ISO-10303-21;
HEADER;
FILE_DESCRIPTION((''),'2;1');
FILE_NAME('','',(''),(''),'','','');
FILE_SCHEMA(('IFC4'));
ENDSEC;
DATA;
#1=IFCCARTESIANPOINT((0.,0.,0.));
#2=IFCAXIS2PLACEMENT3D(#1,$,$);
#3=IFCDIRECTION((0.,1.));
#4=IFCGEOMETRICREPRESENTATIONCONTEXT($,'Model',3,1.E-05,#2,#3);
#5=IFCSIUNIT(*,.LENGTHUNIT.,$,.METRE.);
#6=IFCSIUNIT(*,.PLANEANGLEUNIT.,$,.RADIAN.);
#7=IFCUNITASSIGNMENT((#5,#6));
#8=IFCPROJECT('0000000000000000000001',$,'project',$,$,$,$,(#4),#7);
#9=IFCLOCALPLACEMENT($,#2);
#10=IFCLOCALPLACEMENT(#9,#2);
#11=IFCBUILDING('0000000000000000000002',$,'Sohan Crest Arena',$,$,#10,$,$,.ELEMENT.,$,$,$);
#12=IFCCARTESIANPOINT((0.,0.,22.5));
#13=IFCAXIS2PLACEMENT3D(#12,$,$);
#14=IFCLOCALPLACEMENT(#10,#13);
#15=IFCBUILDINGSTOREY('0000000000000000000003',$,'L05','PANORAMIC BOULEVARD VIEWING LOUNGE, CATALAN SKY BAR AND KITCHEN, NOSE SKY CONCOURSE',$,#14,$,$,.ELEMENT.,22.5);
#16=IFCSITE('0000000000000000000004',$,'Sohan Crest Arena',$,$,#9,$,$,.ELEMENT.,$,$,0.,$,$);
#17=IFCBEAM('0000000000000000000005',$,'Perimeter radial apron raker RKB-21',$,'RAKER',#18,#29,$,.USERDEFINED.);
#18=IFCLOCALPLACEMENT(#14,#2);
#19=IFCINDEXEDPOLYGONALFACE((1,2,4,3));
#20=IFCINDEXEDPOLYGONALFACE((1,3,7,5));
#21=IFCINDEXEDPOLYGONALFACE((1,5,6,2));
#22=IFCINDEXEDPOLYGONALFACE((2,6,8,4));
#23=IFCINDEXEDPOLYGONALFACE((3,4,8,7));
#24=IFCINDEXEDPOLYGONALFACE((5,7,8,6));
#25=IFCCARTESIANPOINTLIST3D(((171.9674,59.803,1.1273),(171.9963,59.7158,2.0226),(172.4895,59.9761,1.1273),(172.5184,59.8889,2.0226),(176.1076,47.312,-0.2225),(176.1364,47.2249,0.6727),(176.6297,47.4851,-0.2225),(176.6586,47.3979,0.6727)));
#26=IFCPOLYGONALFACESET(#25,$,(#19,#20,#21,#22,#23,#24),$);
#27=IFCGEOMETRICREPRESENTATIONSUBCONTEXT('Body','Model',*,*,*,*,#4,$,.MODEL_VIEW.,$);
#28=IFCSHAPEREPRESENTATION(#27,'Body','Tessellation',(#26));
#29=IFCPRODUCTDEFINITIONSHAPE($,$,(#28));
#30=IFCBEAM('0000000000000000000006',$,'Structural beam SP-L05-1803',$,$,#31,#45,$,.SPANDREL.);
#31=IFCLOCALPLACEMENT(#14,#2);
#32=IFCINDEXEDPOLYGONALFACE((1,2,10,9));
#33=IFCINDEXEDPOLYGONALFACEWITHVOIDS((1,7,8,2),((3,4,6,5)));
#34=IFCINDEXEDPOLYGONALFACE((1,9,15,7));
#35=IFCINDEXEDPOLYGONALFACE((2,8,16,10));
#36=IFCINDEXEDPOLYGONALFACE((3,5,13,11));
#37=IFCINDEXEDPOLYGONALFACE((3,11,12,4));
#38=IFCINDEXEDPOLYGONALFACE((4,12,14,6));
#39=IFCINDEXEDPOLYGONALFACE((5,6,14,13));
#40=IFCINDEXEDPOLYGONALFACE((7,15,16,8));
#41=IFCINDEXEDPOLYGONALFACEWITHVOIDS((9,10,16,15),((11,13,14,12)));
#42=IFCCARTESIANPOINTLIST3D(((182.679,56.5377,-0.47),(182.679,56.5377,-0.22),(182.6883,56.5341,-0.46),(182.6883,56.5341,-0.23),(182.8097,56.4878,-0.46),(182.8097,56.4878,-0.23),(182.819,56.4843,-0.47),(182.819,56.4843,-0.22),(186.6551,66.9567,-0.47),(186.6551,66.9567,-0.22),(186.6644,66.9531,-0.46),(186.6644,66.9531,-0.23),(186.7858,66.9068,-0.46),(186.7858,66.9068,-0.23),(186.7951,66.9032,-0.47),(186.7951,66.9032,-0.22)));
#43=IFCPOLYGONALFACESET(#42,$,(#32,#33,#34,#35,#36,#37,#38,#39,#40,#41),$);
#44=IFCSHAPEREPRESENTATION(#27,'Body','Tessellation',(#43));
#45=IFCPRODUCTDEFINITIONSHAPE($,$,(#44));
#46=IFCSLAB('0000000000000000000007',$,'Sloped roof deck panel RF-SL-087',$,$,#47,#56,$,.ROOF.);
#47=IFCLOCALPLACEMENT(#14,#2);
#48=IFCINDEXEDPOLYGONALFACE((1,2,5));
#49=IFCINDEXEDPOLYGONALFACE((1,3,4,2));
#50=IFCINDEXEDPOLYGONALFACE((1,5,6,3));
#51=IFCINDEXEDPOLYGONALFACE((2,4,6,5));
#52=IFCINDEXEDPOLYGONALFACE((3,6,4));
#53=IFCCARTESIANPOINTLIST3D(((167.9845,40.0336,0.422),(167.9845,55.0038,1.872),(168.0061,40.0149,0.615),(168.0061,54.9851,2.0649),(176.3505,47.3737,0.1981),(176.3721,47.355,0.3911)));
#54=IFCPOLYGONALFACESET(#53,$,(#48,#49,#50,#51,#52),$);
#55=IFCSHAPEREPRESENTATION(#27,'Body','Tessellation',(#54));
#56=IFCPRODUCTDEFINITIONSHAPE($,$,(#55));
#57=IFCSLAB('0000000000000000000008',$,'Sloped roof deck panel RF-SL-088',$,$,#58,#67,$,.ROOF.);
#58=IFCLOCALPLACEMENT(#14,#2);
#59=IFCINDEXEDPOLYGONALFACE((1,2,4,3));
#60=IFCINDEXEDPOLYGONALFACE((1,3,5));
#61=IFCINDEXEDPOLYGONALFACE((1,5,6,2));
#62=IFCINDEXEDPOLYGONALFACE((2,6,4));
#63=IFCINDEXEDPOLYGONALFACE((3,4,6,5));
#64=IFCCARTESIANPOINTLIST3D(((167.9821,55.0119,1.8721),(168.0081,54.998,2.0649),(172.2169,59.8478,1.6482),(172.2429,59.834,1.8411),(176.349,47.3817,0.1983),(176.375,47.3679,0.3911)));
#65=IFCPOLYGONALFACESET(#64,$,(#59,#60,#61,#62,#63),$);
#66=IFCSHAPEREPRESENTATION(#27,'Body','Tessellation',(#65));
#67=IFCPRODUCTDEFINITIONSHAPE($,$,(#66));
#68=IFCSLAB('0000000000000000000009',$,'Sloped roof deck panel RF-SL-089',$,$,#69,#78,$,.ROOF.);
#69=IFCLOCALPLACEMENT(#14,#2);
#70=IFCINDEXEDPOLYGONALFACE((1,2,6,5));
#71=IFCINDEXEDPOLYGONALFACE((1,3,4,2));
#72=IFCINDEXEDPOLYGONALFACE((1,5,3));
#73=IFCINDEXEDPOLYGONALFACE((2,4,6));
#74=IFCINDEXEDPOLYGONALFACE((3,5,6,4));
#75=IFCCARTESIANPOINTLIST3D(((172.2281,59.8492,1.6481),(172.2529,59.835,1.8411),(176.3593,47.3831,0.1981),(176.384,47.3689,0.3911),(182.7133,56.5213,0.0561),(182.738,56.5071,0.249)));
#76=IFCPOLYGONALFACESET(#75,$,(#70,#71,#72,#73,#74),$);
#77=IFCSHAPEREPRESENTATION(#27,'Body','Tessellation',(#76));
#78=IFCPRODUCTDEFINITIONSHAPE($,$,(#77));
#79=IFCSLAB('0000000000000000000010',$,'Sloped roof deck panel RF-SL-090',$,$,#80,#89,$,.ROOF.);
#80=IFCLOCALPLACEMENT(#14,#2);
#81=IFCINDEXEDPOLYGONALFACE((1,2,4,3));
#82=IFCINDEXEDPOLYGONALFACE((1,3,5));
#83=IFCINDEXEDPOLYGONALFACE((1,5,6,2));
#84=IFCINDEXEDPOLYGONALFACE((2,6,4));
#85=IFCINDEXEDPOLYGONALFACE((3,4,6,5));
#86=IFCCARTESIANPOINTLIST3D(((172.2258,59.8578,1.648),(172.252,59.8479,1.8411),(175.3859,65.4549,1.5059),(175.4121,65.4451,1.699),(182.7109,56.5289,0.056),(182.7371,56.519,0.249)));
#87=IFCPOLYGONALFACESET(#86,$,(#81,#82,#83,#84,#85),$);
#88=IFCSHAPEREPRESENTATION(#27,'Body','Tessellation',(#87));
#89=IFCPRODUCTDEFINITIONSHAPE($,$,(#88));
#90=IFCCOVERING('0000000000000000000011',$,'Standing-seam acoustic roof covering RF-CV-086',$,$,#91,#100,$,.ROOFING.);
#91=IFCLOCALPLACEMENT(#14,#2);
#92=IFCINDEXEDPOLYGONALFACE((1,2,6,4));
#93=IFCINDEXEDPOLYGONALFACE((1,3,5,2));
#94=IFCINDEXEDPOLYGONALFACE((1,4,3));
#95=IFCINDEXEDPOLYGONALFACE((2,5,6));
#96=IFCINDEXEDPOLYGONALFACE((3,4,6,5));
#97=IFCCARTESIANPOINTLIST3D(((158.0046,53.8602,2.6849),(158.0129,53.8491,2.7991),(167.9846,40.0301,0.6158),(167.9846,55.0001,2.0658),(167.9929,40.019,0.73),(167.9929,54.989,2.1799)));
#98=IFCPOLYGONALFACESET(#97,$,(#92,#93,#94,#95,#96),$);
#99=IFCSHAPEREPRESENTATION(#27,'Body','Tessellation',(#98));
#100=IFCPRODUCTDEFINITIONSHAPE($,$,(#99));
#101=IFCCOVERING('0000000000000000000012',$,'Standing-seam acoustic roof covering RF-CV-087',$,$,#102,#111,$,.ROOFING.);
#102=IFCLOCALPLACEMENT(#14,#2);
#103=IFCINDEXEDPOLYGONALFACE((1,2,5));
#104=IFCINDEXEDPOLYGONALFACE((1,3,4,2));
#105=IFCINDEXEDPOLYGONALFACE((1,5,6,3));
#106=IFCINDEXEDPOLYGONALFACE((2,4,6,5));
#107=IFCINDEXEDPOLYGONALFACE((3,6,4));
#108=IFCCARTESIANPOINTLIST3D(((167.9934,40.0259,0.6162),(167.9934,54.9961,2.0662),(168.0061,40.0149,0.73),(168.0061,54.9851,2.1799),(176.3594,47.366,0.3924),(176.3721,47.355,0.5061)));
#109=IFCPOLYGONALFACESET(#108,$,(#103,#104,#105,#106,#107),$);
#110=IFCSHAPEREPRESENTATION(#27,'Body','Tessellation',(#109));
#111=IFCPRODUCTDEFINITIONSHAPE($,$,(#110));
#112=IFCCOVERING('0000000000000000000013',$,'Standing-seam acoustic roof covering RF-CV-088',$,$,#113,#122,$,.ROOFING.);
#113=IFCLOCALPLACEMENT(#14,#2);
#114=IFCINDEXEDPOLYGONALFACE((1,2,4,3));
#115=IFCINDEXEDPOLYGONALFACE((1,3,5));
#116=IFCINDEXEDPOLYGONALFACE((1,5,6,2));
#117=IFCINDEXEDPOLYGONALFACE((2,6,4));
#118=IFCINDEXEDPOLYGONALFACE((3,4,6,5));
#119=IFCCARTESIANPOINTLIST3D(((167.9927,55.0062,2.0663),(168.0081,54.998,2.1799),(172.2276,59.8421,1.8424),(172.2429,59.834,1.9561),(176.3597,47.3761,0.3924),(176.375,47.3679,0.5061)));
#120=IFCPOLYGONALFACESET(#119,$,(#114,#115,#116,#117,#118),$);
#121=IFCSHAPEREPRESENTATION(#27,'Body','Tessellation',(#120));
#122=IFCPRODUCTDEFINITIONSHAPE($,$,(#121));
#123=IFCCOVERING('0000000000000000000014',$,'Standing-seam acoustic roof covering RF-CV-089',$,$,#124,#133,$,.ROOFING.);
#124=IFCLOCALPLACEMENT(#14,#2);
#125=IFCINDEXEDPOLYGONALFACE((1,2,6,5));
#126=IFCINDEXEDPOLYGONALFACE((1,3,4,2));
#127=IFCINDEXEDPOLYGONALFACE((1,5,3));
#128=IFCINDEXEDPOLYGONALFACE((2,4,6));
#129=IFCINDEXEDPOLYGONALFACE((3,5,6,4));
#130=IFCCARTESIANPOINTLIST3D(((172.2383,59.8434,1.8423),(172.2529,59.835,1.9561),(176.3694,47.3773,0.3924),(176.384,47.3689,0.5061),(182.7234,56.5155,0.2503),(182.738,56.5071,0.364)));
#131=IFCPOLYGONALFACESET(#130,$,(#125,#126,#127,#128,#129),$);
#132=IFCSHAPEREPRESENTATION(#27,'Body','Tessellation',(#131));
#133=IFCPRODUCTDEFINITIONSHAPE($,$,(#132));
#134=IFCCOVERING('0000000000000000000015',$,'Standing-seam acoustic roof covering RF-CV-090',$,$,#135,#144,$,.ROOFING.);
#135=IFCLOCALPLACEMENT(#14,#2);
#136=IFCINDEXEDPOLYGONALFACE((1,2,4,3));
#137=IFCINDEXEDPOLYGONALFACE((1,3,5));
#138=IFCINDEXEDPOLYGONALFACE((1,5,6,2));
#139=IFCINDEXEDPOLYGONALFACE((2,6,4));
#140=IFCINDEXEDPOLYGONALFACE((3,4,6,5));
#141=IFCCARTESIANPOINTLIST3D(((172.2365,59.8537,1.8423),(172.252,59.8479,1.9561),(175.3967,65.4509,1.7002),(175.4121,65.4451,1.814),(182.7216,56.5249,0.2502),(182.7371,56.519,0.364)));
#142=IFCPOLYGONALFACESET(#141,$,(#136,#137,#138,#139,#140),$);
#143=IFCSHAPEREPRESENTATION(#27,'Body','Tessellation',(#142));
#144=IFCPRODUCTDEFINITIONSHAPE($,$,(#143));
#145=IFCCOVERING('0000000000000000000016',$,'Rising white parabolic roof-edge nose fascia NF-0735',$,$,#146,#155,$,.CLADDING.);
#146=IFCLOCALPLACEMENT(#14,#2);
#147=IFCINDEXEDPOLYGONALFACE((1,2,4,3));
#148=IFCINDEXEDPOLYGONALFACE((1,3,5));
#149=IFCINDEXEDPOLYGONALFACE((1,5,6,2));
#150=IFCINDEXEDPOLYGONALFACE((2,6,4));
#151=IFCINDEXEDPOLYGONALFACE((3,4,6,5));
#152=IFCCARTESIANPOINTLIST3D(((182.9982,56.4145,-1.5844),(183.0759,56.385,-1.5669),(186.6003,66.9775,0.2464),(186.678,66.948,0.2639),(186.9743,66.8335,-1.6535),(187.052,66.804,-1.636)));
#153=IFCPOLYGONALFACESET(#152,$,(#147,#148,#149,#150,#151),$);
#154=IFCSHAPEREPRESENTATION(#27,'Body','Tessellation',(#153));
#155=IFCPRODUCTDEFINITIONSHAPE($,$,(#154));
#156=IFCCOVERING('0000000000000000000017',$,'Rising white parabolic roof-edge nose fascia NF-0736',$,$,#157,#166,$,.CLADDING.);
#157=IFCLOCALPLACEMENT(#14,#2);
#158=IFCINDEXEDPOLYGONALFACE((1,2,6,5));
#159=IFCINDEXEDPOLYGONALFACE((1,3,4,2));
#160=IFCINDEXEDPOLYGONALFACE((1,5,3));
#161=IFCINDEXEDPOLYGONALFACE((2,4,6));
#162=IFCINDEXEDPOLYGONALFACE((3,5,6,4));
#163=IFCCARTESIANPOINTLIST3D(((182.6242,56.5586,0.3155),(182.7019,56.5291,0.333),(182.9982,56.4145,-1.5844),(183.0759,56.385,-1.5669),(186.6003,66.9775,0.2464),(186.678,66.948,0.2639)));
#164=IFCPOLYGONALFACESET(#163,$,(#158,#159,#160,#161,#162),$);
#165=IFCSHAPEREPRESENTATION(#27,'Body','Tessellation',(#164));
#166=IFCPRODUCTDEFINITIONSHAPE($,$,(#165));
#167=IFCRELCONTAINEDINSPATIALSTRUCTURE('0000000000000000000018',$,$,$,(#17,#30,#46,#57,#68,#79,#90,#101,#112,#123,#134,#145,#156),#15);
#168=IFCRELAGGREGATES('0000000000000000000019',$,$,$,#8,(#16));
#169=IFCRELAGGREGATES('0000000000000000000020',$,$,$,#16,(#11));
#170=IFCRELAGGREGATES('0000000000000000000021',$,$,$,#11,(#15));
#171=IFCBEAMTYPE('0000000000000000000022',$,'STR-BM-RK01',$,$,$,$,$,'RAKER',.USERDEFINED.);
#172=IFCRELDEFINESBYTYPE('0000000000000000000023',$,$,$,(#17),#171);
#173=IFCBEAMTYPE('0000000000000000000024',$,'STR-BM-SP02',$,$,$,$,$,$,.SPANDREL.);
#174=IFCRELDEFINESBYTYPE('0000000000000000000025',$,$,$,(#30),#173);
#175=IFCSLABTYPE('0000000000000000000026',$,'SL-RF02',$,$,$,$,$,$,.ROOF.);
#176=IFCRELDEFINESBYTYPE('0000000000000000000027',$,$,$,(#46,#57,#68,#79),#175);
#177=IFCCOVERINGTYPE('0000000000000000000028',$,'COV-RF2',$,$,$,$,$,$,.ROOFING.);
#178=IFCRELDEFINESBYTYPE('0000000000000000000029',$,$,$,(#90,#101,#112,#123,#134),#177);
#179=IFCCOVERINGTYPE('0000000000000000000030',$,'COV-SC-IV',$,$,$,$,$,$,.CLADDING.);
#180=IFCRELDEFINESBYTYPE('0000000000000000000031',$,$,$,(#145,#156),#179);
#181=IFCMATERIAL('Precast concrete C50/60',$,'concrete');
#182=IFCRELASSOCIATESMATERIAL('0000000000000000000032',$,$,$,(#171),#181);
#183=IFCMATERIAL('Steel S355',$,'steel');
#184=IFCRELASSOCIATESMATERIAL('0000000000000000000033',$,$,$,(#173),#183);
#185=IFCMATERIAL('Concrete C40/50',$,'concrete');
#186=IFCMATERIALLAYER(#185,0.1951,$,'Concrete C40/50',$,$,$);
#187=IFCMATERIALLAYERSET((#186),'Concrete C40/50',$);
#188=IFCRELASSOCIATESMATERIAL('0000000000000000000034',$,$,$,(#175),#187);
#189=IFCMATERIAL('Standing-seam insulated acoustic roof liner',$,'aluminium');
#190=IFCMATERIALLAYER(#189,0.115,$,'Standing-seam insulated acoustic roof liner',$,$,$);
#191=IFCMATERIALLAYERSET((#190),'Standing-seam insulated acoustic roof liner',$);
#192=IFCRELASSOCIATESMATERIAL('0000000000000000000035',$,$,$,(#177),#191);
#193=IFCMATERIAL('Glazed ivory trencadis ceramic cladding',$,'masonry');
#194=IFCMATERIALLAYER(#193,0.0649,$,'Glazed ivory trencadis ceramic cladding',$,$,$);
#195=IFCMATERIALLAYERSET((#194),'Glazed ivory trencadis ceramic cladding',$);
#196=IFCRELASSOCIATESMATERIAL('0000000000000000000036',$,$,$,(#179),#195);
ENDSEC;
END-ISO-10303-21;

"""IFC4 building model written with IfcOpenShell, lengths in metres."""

from ifc_helpers import new_model, si_unit, direction, frame, origin, origin_2d, place, context, subcontext, project, spatial, polyline, rectangle, hollow_rectangle, outline, extrude, material, layer, layer_set, material_profile, profile_set, type_object, element, save


model = new_model("IFC4")

# Units and contexts
model_context = context("Model", 3, precision=1e-05, world=origin(), true_north=direction((0.0, 1.0)))
body_context = subcontext(model_context, "Body", "Model", "MODEL_VIEW")
ifc_project = project(units=[si_unit("LENGTHUNIT", "METRE"), si_unit("PLANEANGLEUNIT", "RADIAN")], contexts=[model_context])

# Site, building, storey
site_placement = place(None, origin())
site = spatial("IfcSite", under=ifc_project, at=site_placement, Name="Sohan Crest Arena", CompositionType="ELEMENT", RefElevation=0.0)
building_placement = place(site_placement, origin())
building = spatial("IfcBuilding", under=site, at=building_placement, Name="Sohan Crest Arena", CompositionType="ELEMENT")
storey_placement = place(building_placement, frame((0.0, 0.0, 22.5)))
storey = spatial("IfcBuildingStorey", under=building, at=storey_placement, Name="L05", Description="PANORAMIC BOULEVARD VIEWING LOUNGE, CATALAN SKY BAR AND KITCHEN, NOSE SKY CONCOURSE", CompositionType="ELEMENT", Elevation=22.5)

# Shared definitions
ifc_material_1 = material(Name="Concrete C40/50", Category="concrete")

# Beams
ifc_material_2 = material(Name="Steel S355", Category="steel")
ifc_material_3 = material(Name="Precast concrete C50/60", Category="concrete")
ifc_material_profile_1 = material_profile(ifc_material_3, rectangle(XDim=0.55, YDim=0.8999, at=origin_2d()), Name="RAKER 550x900")
ifc_profile_set_1 = profile_set([ifc_material_profile_1], Name="Precast concrete C50/60")
beam_type_1 = type_object("IfcBeamType", Name="STR-BM-RK01", ElementType="RAKER", PredefinedType="USERDEFINED", material=ifc_profile_set_1)
beam_1_placement = place(storey_placement, frame((172.2429, 59.8459, 1.575), z_axis=(0.312976, -0.944263, -0.102043), x_axis=(0.949218, 0.314619, 0.0)))
element("IfcBeam", 1, at=beam_1_placement, inside=storey, type_object=beam_type_1, Name="Perimeter radial apron raker RKB-21", ObjectType="RAKER", PredefinedType="USERDEFINED", context=body_context, shape_type="SweptSolid", body=[
    extrude(rectangle(XDim=0.55, YDim=0.8999, at=origin_2d()), origin(), (0.0, 0.0, 1.0), 13.2283),
])
ifc_material_profile_2 = material_profile(ifc_material_2, hollow_rectangle(XDim=0.1499, YDim=0.25, WallThickness=0.01, at=origin_2d()), Name="RHS 250x150x10")
ifc_profile_set_2 = profile_set([ifc_material_profile_2], Name="Steel S355")
beam_type_2 = type_object("IfcBeamType", Name="STR-BM-SP02", PredefinedType="SPANDREL", material=ifc_profile_set_2)
beam_2_placement = place(storey_placement, frame((182.749, 56.511, -0.345), z_axis=(0.35654, 0.93428, 0.0), x_axis=(-0.93428, 0.35654, 0.0)))
element("IfcBeam", 2, at=beam_2_placement, inside=storey, type_object=beam_type_2, Name="Structural beam SP-L05-1803", PredefinedType="SPANDREL", context=body_context, shape_type="SweptSolid", body=[
    extrude(hollow_rectangle(XDim=0.1499, YDim=0.25, WallThickness=0.01, at=origin_2d()), origin(), (0.0, 0.0, 1.0), 11.1519),
])

# Slabs
ifc_layer_1 = layer(ifc_material_1, 0.1951, Name="Concrete C40/50")
ifc_layer_set_1 = layer_set([ifc_layer_1], Name="Concrete C40/50")
slab_type = type_object("IfcSlabType", Name="SL-RF02", PredefinedType="ROOF", material=ifc_layer_set_1)
slab_1_placement = place(storey_placement, frame((168.0061, 54.9851, 2.0649), z_axis=(0.110537, -0.095814, 0.989243), x_axis=(0.0, -0.995342, -0.096405)))
element("IfcSlab", 3, at=slab_1_placement, inside=storey, type_object=slab_type, Name="Sloped roof deck panel RF-SL-087", PredefinedType="ROOF", context=body_context, shape_type="SweptSolid", body=[
    extrude(outline(polyline([(0.0, 0.0), (15.0403, 0.0), (7.756, 8.4175), (0.0, 0.0)])), origin(), (0.0, 0.0, -1.0), 0.1951),
])
slab_2_placement = place(storey_placement, frame((168.0081, 54.998, 2.0649), z_axis=(0.133159, -0.070843, 0.988559), x_axis=(0.73095, -0.66658, -0.146228)))
element("IfcSlab", 4, at=slab_2_placement, inside=storey, type_object=slab_type, Name="Sloped roof deck panel RF-SL-088", PredefinedType="ROOF", context=body_context, shape_type="SweptSolid", body=[
    extrude(outline(polyline([(0.0, 0.0), (11.4467, 0.0), (-0.0953, 6.4313), (0.0, 0.0)])), origin(), (0.0, 0.0, -1.0), 0.1951),
])
slab_3_placement = place(storey_placement, frame((172.2529, 59.835, 1.8411), z_axis=(0.127044, -0.072956, 0.98921), x_axis=(0.312665, -0.943503, -0.109741)))
element("IfcSlab", 5, at=slab_3_placement, inside=storey, type_object=slab_type, Name="Sloped roof deck panel RF-SL-089", PredefinedType="ROOF", context=body_context, shape_type="SweptSolid", body=[
    extrude(outline(polyline([(0.0, 0.0), (13.2125, 0.0), (6.5929, 8.9488), (0.0, 0.0)])), origin(), (0.0, 0.0, -1.0), 0.1951),
])
slab_4_placement = place(storey_placement, frame((172.252, 59.8479, 1.8411), z_axis=(0.134191, -0.05064, 0.989661), x_axis=(0.943291, -0.29948, -0.143228)))
element("IfcSlab", 6, at=slab_4_placement, inside=storey, type_object=slab_type, Name="Sloped roof deck panel RF-SL-090", PredefinedType="ROOF", context=body_context, shape_type="SweptSolid", body=[
    extrude(outline(polyline([(0.0, 0.0), (11.1155, 0.0), (1.3251, 6.2912), (0.0, 0.0)])), origin(), (0.0, 0.0, -1.0), 0.1951),
])

# Coverings
ifc_material_4 = material(Name="Standing-seam insulated acoustic roof liner", Category="aluminium")
ifc_layer_2 = layer(ifc_material_4, 0.115, Name="Standing-seam insulated acoustic roof liner")
ifc_layer_set_2 = layer_set([ifc_layer_2], Name="Standing-seam insulated acoustic roof liner")
covering_type_1 = type_object("IfcCoveringType", Name="COV-RF2", PredefinedType="ROOFING", material=ifc_layer_set_2)
covering_1_placement = place(storey_placement, frame((158.0129, 53.8491, 2.7991), z_axis=(0.072569, -0.096152, 0.992718), x_axis=(0.580907, -0.805011, -0.120436)))
element("IfcCovering", 7, at=covering_1_placement, inside=storey, type_object=covering_type_1, Name="Standing-seam acoustic roof covering RF-CV-086", PredefinedType="ROOFING", context=body_context, shape_type="SweptSolid", body=[
    extrude(outline(polyline([(0.0, 0.0), (17.18, 0.0), (4.9544, 8.76), (0.0, 0.0)])), origin(), (0.0, 0.0, -1.0), 0.115),
])
covering_2_placement = place(storey_placement, frame((168.0061, 54.9851, 2.1799), z_axis=(0.110537, -0.095814, 0.989243), x_axis=(0.0, -0.995342, -0.096405)))
element("IfcCovering", 8, at=covering_2_placement, inside=storey, type_object=covering_type_1, Name="Standing-seam acoustic roof covering RF-CV-087", PredefinedType="ROOFING", context=body_context, shape_type="SweptSolid", body=[
    extrude(outline(polyline([(0.0, 0.0), (15.0403, 0.0), (7.756, 8.4175), (0.0, 0.0)])), origin(), (0.0, 0.0, -1.0), 0.115),
])
covering_3_placement = place(storey_placement, frame((168.0081, 54.998, 2.1799), z_axis=(0.133159, -0.070843, 0.988559), x_axis=(0.73095, -0.66658, -0.146228)))
element("IfcCovering", 9, at=covering_3_placement, inside=storey, type_object=covering_type_1, Name="Standing-seam acoustic roof covering RF-CV-088", PredefinedType="ROOFING", context=body_context, shape_type="SweptSolid", body=[
    extrude(outline(polyline([(0.0, 0.0), (11.4467, 0.0), (-0.0953, 6.4313), (0.0, 0.0)])), origin(), (0.0, 0.0, -1.0), 0.115),
])
covering_4_placement = place(storey_placement, frame((172.2529, 59.835, 1.9561), z_axis=(0.127044, -0.072956, 0.98921), x_axis=(0.312665, -0.943503, -0.109741)))
element("IfcCovering", 10, at=covering_4_placement, inside=storey, type_object=covering_type_1, Name="Standing-seam acoustic roof covering RF-CV-089", PredefinedType="ROOFING", context=body_context, shape_type="SweptSolid", body=[
    extrude(outline(polyline([(0.0, 0.0), (13.2125, 0.0), (6.5929, 8.9488), (0.0, 0.0)])), origin(), (0.0, 0.0, -1.0), 0.115),
])
covering_5_placement = place(storey_placement, frame((172.252, 59.8479, 1.9561), z_axis=(0.134191, -0.05064, 0.989661), x_axis=(0.943291, -0.29948, -0.143228)))
element("IfcCovering", 11, at=covering_5_placement, inside=storey, type_object=covering_type_1, Name="Standing-seam acoustic roof covering RF-CV-090", PredefinedType="ROOFING", context=body_context, shape_type="SweptSolid", body=[
    extrude(outline(polyline([(0.0, 0.0), (11.1155, 0.0), (1.3251, 6.2912), (0.0, 0.0)])), origin(), (0.0, 0.0, -1.0), 0.115),
])
ifc_material_5 = material(Name="Glazed ivory trencadis ceramic cladding", Category="masonry")
ifc_layer_3 = layer(ifc_material_5, 0.0649, Name="Glazed ivory trencadis ceramic cladding")
ifc_layer_set_3 = layer_set([ifc_layer_3], Name="Glazed ivory trencadis ceramic cladding")
covering_type_2 = type_object("IfcCoveringType", Name="COV-SC-IV", PredefinedType="CLADDING", material=ifc_layer_set_3)
covering_6_placement = place(storey_placement, frame((183.0759, 56.385, -1.5669), z_axis=(0.914615, -0.347666, 0.206414), x_axis=(0.356533, 0.934262, -0.006195)))
element("IfcCovering", 12, at=covering_6_placement, inside=storey, type_object=covering_type_2, Name="Rising white parabolic roof-edge nose fascia NF-0735", PredefinedType="CLADDING", context=body_context, shape_type="SweptSolid", body=[
    extrude(outline(polyline([(0.0, 0.0), (11.1521, 0.0), (11.1415, 1.9417), (0.0, 0.0)])), origin(), (0.0, 0.0, -1.0), 0.085),
])
covering_7_placement = place(storey_placement, frame((183.0759, 56.385, -1.5669), z_axis=(0.914615, -0.347666, 0.206414), x_axis=(0.3185, 0.933998, 0.161883)))
element("IfcCovering", 13, at=covering_7_placement, inside=storey, type_object=covering_type_2, Name="Rising white parabolic roof-edge nose fascia NF-0736", PredefinedType="CLADDING", context=body_context, shape_type="SweptSolid", body=[
    extrude(outline(polyline([(0.0, 0.0), (11.3094, 0.0), (0.323, 1.9147), (0.0, 0.0)])), origin(), (0.0, 0.0, -1.0), 0.085),
])

save(model, "model.ifc")
